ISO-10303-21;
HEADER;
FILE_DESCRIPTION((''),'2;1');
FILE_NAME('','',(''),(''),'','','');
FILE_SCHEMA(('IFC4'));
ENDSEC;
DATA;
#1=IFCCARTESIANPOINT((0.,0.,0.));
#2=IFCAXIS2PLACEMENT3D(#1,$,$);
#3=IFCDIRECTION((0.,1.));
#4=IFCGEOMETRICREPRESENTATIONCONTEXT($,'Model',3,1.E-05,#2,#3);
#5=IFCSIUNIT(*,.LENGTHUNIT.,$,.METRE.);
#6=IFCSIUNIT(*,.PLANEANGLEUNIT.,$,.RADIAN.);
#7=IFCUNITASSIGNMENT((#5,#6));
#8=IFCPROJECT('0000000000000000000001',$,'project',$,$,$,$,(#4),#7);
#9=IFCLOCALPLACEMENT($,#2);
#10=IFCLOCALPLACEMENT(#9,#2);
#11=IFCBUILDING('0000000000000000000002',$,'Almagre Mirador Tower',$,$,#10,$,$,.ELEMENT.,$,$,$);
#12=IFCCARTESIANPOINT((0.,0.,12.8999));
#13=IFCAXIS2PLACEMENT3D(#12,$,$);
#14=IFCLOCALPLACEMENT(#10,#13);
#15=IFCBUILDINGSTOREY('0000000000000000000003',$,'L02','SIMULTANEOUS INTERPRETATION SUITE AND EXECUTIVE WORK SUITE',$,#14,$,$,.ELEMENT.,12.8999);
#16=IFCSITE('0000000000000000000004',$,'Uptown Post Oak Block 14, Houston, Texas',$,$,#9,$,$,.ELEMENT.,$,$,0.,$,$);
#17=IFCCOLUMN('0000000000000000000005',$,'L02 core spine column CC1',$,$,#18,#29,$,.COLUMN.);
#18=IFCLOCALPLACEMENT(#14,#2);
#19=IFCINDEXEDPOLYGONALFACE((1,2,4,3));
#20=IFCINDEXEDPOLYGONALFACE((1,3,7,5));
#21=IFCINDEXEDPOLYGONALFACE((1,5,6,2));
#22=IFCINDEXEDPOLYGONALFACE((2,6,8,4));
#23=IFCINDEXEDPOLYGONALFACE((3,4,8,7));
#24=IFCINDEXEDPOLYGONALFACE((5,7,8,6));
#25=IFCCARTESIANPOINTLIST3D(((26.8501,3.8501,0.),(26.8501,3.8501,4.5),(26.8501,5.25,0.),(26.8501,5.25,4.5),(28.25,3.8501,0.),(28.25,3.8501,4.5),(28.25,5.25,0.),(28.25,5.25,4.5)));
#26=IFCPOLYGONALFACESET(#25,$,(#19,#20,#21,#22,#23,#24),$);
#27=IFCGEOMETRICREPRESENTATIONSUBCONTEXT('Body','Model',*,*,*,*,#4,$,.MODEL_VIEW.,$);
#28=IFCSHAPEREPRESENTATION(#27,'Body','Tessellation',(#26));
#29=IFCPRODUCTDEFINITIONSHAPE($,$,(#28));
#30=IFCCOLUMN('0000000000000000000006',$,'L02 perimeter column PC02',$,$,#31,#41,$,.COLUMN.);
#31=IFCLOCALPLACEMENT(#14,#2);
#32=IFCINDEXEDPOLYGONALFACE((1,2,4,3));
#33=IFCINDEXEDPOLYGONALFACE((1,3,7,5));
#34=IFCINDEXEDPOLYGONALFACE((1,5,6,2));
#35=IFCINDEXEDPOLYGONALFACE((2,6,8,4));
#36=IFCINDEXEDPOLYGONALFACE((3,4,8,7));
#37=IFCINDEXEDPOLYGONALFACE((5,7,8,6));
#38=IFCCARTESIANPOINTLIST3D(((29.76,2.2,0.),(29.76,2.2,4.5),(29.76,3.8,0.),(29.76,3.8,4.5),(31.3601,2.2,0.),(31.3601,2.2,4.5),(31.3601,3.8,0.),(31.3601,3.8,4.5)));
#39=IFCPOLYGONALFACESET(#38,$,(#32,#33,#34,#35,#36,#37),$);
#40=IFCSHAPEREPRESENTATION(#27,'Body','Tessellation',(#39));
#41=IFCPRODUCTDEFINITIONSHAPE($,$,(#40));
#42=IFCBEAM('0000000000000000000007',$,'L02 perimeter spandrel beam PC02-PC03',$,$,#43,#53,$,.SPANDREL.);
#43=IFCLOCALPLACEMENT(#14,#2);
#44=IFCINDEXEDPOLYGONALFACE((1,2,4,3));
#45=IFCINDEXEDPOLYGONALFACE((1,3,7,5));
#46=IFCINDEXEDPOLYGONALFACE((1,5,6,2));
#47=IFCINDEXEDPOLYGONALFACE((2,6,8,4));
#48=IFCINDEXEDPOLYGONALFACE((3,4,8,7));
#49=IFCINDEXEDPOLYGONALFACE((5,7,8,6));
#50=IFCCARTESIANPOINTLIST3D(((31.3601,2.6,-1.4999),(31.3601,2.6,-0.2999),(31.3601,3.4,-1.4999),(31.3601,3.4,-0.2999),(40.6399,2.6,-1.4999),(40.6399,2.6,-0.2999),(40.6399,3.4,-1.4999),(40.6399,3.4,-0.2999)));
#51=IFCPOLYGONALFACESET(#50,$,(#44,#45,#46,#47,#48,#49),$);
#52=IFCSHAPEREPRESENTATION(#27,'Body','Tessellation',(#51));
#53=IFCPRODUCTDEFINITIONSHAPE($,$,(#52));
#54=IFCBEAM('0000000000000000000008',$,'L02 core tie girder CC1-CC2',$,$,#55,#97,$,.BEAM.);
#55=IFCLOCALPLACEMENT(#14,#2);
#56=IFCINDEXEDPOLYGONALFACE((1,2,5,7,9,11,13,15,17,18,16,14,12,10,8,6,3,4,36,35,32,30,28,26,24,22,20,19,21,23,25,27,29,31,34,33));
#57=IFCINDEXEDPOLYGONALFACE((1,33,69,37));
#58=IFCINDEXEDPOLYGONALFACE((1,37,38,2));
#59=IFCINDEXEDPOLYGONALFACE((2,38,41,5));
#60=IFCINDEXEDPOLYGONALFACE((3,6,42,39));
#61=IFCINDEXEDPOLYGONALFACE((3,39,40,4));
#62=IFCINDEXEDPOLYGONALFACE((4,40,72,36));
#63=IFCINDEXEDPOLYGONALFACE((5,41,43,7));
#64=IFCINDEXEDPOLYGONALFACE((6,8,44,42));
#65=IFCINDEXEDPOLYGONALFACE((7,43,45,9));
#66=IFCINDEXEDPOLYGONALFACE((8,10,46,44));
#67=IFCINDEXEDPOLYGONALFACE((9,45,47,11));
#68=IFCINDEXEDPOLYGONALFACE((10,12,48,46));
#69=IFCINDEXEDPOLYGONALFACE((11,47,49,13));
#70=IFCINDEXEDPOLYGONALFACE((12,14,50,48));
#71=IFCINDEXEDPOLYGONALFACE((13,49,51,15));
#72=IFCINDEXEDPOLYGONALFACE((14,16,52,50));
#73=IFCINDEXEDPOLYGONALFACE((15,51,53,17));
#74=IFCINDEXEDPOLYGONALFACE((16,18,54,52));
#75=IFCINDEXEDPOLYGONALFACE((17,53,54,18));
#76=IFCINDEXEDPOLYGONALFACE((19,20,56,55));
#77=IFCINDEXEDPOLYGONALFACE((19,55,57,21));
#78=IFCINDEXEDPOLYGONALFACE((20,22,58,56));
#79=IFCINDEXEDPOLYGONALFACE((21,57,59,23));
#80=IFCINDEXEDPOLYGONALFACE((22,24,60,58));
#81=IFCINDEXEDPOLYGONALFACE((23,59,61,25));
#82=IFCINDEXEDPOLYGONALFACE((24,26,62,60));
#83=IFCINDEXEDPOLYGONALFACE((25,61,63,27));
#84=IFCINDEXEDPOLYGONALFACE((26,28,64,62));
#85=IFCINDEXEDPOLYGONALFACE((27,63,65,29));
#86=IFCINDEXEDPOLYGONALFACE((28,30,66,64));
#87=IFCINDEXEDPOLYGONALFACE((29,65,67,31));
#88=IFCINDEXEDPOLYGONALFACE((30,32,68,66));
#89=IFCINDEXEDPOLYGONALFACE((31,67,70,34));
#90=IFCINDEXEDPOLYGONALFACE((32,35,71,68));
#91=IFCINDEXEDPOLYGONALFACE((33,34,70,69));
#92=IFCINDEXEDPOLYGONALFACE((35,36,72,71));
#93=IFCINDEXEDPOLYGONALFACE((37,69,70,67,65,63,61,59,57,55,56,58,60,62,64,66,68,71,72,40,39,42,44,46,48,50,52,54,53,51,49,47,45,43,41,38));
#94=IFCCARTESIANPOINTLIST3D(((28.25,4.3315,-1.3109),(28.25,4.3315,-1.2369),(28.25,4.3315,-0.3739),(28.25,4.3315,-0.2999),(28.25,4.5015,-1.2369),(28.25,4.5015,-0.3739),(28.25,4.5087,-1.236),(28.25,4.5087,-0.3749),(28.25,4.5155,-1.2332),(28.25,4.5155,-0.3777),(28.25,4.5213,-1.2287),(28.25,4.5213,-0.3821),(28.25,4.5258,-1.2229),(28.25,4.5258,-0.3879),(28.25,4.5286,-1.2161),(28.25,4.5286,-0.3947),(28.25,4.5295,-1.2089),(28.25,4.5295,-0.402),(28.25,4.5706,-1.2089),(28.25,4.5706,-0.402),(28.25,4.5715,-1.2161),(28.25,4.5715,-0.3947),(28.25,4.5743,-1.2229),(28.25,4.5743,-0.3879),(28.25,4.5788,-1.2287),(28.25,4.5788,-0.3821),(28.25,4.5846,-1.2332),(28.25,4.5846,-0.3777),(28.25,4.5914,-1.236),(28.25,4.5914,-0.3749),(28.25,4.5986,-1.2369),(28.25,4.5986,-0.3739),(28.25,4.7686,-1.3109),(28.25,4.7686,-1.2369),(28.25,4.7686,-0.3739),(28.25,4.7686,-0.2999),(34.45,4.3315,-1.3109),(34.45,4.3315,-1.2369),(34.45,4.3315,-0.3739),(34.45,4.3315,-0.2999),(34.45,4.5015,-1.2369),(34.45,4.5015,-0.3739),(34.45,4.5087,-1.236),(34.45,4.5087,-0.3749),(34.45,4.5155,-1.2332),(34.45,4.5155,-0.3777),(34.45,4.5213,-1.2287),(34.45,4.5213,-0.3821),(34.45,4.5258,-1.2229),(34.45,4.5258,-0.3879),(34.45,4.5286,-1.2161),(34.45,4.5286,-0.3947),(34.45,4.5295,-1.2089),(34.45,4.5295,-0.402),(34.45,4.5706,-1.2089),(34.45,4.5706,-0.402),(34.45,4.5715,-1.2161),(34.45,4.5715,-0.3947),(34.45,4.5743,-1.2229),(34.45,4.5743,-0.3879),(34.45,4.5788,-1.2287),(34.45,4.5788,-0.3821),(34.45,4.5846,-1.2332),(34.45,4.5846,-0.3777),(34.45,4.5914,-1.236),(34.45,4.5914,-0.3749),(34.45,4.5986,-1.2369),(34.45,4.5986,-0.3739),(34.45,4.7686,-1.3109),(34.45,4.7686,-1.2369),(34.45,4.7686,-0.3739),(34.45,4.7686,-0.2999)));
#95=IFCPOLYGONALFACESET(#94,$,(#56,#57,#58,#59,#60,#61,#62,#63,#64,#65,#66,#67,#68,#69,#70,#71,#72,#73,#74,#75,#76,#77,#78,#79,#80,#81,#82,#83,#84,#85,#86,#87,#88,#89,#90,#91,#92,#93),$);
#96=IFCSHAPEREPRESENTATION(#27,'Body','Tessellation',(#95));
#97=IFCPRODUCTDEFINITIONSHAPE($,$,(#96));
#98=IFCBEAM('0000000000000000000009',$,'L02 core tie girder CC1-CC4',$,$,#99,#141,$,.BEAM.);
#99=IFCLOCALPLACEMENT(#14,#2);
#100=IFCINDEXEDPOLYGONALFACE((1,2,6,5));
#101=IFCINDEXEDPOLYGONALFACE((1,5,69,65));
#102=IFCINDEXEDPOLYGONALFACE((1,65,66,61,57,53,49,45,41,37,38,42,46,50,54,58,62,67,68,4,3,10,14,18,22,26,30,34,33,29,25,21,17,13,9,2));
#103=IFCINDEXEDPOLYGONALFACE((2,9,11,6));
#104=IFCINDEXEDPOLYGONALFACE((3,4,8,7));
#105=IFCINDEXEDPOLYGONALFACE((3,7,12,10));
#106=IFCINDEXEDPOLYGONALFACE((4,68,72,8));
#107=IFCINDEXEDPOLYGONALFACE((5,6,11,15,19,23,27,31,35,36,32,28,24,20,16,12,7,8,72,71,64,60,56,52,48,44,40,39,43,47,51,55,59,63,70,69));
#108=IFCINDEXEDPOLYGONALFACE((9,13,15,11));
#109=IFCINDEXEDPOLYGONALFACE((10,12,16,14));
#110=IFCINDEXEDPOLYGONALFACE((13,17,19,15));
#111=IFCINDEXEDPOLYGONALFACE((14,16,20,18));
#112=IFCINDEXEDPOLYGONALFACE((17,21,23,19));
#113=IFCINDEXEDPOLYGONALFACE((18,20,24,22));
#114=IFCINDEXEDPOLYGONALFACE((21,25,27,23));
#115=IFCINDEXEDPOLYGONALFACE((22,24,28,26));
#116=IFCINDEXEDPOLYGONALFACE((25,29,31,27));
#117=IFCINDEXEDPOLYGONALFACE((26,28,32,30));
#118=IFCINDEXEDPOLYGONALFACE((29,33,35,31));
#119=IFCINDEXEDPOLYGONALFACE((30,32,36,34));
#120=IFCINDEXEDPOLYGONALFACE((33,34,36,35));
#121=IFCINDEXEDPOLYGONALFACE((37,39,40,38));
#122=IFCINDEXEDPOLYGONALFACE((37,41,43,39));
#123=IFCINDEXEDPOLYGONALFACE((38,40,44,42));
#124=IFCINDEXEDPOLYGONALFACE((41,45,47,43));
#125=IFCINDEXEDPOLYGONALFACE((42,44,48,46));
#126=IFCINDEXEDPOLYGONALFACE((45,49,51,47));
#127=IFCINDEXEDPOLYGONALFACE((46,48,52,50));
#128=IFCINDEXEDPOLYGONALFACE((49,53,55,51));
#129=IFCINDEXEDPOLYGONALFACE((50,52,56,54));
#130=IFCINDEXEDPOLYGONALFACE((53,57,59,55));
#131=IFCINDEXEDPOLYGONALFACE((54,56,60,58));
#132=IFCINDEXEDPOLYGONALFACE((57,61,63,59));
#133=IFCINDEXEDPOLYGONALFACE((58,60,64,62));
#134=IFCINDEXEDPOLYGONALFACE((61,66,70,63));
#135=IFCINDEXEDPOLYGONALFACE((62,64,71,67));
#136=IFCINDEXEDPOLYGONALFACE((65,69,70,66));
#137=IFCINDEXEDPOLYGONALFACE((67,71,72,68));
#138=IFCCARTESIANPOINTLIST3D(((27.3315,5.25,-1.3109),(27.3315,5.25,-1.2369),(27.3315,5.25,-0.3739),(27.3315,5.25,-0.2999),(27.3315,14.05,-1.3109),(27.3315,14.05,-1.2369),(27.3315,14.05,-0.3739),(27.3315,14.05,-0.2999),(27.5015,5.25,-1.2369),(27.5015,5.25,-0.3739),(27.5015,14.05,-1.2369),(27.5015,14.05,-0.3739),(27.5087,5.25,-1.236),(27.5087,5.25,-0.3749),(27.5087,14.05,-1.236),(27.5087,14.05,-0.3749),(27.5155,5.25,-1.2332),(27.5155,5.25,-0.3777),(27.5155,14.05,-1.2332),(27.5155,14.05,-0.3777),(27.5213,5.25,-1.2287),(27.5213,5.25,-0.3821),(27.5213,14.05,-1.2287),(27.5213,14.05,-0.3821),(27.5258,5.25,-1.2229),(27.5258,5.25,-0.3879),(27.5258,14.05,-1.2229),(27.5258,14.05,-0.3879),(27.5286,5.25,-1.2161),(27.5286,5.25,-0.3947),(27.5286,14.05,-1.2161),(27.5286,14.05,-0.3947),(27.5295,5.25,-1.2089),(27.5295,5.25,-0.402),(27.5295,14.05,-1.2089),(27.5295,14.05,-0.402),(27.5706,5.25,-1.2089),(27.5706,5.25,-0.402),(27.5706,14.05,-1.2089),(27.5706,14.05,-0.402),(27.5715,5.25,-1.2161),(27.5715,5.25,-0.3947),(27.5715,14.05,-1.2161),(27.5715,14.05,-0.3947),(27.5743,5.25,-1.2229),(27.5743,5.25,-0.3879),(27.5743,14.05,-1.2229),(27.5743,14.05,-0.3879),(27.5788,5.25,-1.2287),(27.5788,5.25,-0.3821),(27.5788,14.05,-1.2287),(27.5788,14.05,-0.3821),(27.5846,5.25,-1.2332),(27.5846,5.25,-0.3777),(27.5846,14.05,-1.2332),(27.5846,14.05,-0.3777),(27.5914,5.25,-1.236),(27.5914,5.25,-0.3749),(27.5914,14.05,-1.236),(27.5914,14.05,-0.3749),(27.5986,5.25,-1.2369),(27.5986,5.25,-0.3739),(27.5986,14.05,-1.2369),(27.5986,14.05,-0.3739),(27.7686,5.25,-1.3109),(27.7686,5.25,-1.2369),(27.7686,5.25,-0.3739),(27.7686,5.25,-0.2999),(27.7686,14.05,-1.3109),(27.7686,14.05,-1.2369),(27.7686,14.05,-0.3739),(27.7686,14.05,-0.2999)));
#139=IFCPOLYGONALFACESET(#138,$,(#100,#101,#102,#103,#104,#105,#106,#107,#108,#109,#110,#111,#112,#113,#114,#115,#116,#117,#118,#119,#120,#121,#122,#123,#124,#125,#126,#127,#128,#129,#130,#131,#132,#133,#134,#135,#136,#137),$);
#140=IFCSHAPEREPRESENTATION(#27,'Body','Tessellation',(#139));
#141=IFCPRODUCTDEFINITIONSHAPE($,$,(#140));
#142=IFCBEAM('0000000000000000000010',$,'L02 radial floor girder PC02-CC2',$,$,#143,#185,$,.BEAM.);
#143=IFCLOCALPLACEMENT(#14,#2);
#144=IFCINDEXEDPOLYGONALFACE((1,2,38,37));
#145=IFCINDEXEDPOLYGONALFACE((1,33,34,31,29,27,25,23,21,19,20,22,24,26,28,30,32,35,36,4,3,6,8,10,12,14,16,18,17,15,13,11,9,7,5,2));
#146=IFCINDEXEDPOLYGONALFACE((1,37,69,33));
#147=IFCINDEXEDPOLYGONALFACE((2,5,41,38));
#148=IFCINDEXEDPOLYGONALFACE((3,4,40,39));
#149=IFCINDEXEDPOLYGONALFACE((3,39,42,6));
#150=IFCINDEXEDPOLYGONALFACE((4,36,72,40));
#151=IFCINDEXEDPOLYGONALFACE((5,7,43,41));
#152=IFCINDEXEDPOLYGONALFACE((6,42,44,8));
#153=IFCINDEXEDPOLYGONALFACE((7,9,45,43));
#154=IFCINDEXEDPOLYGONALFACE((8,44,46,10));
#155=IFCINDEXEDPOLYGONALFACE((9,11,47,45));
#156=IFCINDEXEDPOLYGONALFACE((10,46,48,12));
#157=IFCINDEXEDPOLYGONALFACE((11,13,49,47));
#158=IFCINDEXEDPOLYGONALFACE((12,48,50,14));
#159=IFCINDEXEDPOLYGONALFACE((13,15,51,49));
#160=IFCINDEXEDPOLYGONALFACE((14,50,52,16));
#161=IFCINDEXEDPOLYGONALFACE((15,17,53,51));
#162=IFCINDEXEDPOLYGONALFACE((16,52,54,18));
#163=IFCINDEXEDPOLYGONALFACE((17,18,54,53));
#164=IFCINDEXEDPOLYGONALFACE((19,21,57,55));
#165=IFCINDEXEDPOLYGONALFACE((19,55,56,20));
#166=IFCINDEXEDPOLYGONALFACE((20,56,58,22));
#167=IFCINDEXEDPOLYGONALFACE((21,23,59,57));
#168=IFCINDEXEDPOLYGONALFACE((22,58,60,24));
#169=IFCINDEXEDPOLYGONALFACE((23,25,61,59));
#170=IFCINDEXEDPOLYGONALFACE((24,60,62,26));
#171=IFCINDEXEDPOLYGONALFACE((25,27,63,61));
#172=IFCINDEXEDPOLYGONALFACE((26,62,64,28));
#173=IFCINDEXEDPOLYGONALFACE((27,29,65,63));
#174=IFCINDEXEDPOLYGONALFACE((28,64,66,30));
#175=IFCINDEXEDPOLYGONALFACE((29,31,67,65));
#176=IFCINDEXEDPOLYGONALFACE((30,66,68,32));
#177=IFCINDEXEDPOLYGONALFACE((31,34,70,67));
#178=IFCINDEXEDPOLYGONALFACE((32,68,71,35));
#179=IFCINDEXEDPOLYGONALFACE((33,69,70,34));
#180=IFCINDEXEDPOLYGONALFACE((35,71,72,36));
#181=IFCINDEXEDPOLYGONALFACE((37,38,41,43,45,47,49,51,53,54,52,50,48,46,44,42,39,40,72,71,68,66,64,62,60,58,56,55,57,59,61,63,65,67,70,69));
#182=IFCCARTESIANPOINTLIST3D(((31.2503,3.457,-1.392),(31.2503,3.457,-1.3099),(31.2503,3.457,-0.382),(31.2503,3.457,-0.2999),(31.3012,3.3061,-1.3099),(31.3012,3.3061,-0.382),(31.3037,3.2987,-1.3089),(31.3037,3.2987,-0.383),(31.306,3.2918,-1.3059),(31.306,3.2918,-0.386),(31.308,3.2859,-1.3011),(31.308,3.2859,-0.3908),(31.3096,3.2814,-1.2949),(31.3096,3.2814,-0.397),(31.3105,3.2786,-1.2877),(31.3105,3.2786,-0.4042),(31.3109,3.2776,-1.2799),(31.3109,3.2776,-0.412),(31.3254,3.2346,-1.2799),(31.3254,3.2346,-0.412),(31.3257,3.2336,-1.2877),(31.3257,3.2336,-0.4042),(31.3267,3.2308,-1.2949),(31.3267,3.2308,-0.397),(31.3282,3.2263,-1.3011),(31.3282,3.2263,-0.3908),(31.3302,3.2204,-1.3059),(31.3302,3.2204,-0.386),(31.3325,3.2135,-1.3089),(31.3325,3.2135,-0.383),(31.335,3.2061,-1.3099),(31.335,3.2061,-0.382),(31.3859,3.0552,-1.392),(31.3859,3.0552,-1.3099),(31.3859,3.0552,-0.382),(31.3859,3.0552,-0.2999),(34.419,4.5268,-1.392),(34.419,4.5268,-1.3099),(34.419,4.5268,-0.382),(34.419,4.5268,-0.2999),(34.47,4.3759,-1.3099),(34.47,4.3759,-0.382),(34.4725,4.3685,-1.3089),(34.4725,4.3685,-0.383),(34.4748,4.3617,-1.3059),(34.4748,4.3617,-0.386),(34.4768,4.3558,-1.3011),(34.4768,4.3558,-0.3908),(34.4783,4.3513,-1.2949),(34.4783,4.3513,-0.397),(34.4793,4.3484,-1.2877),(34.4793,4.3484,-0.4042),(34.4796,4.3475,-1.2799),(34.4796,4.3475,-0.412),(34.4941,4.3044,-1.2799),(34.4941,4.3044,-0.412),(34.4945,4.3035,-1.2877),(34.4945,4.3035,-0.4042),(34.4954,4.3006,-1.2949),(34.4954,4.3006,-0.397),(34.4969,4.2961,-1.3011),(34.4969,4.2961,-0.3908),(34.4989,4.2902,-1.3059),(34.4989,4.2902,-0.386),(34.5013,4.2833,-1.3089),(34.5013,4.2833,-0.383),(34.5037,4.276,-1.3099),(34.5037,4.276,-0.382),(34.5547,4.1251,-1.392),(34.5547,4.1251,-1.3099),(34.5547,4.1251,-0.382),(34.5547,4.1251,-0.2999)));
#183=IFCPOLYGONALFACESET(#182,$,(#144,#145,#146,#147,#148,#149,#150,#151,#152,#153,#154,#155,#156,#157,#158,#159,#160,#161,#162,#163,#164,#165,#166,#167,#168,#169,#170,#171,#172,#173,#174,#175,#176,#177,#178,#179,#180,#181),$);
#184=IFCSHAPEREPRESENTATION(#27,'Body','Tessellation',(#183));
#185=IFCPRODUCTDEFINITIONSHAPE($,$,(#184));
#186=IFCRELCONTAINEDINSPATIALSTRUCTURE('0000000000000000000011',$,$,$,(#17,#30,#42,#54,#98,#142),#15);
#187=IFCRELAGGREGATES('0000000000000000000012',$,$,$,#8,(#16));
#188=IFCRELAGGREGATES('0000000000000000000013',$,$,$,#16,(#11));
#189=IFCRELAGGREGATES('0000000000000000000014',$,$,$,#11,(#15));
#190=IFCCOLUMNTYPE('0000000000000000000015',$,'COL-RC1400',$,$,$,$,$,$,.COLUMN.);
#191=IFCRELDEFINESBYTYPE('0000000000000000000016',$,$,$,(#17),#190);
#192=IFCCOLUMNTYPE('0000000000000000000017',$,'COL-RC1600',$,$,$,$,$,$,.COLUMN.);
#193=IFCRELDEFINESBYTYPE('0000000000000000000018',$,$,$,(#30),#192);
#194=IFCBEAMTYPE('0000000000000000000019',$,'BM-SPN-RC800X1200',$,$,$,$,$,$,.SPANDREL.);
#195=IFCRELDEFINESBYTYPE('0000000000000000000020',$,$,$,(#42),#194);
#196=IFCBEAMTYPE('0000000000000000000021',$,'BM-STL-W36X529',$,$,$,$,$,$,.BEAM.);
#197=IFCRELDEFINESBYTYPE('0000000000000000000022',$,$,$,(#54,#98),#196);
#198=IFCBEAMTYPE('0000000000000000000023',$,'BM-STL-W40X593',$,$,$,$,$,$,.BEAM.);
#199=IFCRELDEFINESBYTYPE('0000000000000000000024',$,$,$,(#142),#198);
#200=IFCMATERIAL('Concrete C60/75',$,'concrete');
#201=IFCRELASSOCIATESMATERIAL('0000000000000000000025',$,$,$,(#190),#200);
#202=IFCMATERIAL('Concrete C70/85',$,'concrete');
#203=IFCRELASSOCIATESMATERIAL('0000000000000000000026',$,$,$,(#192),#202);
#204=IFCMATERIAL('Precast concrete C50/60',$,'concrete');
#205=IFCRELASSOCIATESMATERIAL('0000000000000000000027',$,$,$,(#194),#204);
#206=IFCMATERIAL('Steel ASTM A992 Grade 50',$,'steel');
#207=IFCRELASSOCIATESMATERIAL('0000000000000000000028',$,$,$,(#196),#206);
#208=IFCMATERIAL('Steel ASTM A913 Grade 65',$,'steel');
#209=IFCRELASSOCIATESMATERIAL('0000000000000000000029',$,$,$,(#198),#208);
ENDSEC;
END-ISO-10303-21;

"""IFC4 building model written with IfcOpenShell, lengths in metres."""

from ifc_helpers import new_model, si_unit, direction, frame, origin, origin_2d, place, context, subcontext, project, spatial, rectangle, i_section, extrude, material, material_profile, profile_set, type_object, element, save


model = new_model("IFC4")

# Units and contexts
model_context = context("Model", 3, precision=1e-05, world=origin(), true_north=direction((0.0, 1.0)))
body_context = subcontext(model_context, "Body", "Model", "MODEL_VIEW")
ifc_project = project(units=[si_unit("LENGTHUNIT", "METRE"), si_unit("PLANEANGLEUNIT", "RADIAN")], contexts=[model_context])

# Site, building, storey
site_placement = place(None, origin())
site = spatial("IfcSite", under=ifc_project, at=site_placement, Name="Uptown Post Oak Block 14, Houston, Texas", CompositionType="ELEMENT", RefElevation=0.0)
building_placement = place(site_placement, origin())
building = spatial("IfcBuilding", under=site, at=building_placement, Name="Almagre Mirador Tower", CompositionType="ELEMENT")
storey_placement = place(building_placement, frame((0.0, 0.0, 12.8999)))
storey = spatial("IfcBuildingStorey", under=building, at=storey_placement, Name="L02", Description="SIMULTANEOUS INTERPRETATION SUITE AND EXECUTIVE WORK SUITE", CompositionType="ELEMENT", Elevation=12.8999)

# Columns
ifc_material_1 = material(Name="Concrete C60/75", Category="concrete")
ifc_material_profile_1 = material_profile(ifc_material_1, rectangle(XDim=1.3999, YDim=1.3999, at=origin_2d()), Name="RC1400X1400")
ifc_profile_set_1 = profile_set([ifc_material_profile_1], Name="Concrete C60/75")
column_type_1 = type_object("IfcColumnType", Name="COL-RC1400", PredefinedType="COLUMN", material=ifc_profile_set_1)
column_1_placement = place(storey_placement, frame((27.55, 4.55, 0.0), z_axis=(0.0, 0.0, 1.0), x_axis=(1.0, 0.0, 0.0)))
element("IfcColumn", 1, at=column_1_placement, inside=storey, type_object=column_type_1, Name="L02 core spine column CC1", PredefinedType="COLUMN", context=body_context, shape_type="SweptSolid", body=[
    extrude(rectangle(XDim=1.3999, YDim=1.3999, at=origin_2d()), origin(), (0.0, 0.0, 1.0), 4.5),
])
ifc_material_2 = material(Name="Concrete C70/85", Category="concrete")
ifc_material_profile_2 = material_profile(ifc_material_2, rectangle(XDim=1.6001, YDim=1.6001, at=origin_2d()), Name="RC1600X1600")
ifc_profile_set_2 = profile_set([ifc_material_profile_2], Name="Concrete C70/85")
column_type_2 = type_object("IfcColumnType", Name="COL-RC1600", PredefinedType="COLUMN", material=ifc_profile_set_2)
column_2_placement = place(storey_placement, frame((30.5601, 3.0, 0.0), z_axis=(0.0, 0.0, 1.0), x_axis=(1.0, 0.0, 0.0)))
element("IfcColumn", 2, at=column_2_placement, inside=storey, type_object=column_type_2, Name="L02 perimeter column PC02", PredefinedType="COLUMN", context=body_context, shape_type="SweptSolid", body=[
    extrude(rectangle(XDim=1.6001, YDim=1.6001, at=origin_2d()), origin(), (0.0, 0.0, 1.0), 4.5),
])

# Beams
ifc_material_3 = material(Name="Precast concrete C50/60", Category="concrete")
ifc_material_profile_3 = material_profile(ifc_material_3, rectangle(XDim=0.8, YDim=1.2, at=origin_2d()), Name="RC800X1200")
ifc_profile_set_3 = profile_set([ifc_material_profile_3], Name="Precast concrete C50/60")
beam_type_1 = type_object("IfcBeamType", Name="BM-SPN-RC800X1200", PredefinedType="SPANDREL", material=ifc_profile_set_3)
beam_1_placement = place(storey_placement, frame((31.3601, 3.0, -0.8999), z_axis=(1.0, 0.0, 0.0), x_axis=(0.0, 1.0, 0.0)))
element("IfcBeam", 3, at=beam_1_placement, inside=storey, type_object=beam_type_1, Name="L02 perimeter spandrel beam PC02-PC03", PredefinedType="SPANDREL", context=body_context, shape_type="SweptSolid", body=[
    extrude(rectangle(XDim=0.8, YDim=1.2, at=origin_2d()), origin(), (0.0, 0.0, 1.0), 9.2798),
])
ifc_material_4 = material(Name="Steel ASTM A992 Grade 50", Category="steel")
ifc_material_profile_4 = material_profile(ifc_material_4, i_section(OverallWidth=0.437, OverallDepth=1.011, WebThickness=0.041, FlangeThickness=0.074, FilletRadius=0.0281, at=origin_2d()), Name="W36X529")
ifc_profile_set_4 = profile_set([ifc_material_profile_4], Name="Steel ASTM A992 Grade 50")
beam_type_2 = type_object("IfcBeamType", Name="BM-STL-W36X529", PredefinedType="BEAM", material=ifc_profile_set_4)
beam_2_placement = place(storey_placement, frame((28.25, 4.55, -0.8054), z_axis=(1.0, 0.0, 0.0), x_axis=(0.0, 1.0, 0.0)))
element("IfcBeam", 4, at=beam_2_placement, inside=storey, type_object=beam_type_2, Name="L02 core tie girder CC1-CC2", PredefinedType="BEAM", context=body_context, shape_type="SweptSolid", body=[
    extrude(i_section(OverallWidth=0.437, OverallDepth=1.011, WebThickness=0.041, FlangeThickness=0.074, FilletRadius=0.0281, at=origin_2d()), origin(), (0.0, 0.0, 1.0), 6.2),
])
beam_3_placement = place(storey_placement, frame((27.55, 5.25, -0.8054), z_axis=(0.0, 1.0, 0.0), x_axis=(-1.0, 0.0, 0.0)))
element("IfcBeam", 5, at=beam_3_placement, inside=storey, type_object=beam_type_2, Name="L02 core tie girder CC1-CC4", PredefinedType="BEAM", context=body_context, shape_type="SweptSolid", body=[
    extrude(i_section(OverallWidth=0.437, OverallDepth=1.011, WebThickness=0.041, FlangeThickness=0.074, FilletRadius=0.0281, at=origin_2d()), origin(), (0.0, 0.0, 1.0), 8.8),
])
ifc_material_5 = material(Name="Steel ASTM A913 Grade 65", Category="steel")
ifc_material_profile_5 = material_profile(ifc_material_5, i_section(OverallWidth=0.4241, OverallDepth=1.092, WebThickness=0.0454, FlangeThickness=0.082, FilletRadius=0.03, at=origin_2d()), Name="W40X593")
ifc_profile_set_5 = profile_set([ifc_material_profile_5], Name="Steel ASTM A913 Grade 65")
beam_type_3 = type_object("IfcBeamType", Name="BM-STL-W40X593", PredefinedType="BEAM", material=ifc_profile_set_5)
beam_4_placement = place(storey_placement, frame((31.3181, 3.2561, -0.8459), z_axis=(0.947457, 0.319883, 0.0), x_axis=(-0.319883, 0.947457, 0.0)))
element("IfcBeam", 6, at=beam_4_placement, inside=storey, type_object=beam_type_3, Name="L02 radial floor girder PC02-CC2", PredefinedType="BEAM", context=body_context, shape_type="SweptSolid", body=[
    extrude(i_section(OverallWidth=0.4241, OverallDepth=1.092, WebThickness=0.0454, FlangeThickness=0.082, FilletRadius=0.03, at=origin_2d()), origin(), (0.0, 0.0, 1.0), 3.3445),
])

save(model, "model.ifc")
